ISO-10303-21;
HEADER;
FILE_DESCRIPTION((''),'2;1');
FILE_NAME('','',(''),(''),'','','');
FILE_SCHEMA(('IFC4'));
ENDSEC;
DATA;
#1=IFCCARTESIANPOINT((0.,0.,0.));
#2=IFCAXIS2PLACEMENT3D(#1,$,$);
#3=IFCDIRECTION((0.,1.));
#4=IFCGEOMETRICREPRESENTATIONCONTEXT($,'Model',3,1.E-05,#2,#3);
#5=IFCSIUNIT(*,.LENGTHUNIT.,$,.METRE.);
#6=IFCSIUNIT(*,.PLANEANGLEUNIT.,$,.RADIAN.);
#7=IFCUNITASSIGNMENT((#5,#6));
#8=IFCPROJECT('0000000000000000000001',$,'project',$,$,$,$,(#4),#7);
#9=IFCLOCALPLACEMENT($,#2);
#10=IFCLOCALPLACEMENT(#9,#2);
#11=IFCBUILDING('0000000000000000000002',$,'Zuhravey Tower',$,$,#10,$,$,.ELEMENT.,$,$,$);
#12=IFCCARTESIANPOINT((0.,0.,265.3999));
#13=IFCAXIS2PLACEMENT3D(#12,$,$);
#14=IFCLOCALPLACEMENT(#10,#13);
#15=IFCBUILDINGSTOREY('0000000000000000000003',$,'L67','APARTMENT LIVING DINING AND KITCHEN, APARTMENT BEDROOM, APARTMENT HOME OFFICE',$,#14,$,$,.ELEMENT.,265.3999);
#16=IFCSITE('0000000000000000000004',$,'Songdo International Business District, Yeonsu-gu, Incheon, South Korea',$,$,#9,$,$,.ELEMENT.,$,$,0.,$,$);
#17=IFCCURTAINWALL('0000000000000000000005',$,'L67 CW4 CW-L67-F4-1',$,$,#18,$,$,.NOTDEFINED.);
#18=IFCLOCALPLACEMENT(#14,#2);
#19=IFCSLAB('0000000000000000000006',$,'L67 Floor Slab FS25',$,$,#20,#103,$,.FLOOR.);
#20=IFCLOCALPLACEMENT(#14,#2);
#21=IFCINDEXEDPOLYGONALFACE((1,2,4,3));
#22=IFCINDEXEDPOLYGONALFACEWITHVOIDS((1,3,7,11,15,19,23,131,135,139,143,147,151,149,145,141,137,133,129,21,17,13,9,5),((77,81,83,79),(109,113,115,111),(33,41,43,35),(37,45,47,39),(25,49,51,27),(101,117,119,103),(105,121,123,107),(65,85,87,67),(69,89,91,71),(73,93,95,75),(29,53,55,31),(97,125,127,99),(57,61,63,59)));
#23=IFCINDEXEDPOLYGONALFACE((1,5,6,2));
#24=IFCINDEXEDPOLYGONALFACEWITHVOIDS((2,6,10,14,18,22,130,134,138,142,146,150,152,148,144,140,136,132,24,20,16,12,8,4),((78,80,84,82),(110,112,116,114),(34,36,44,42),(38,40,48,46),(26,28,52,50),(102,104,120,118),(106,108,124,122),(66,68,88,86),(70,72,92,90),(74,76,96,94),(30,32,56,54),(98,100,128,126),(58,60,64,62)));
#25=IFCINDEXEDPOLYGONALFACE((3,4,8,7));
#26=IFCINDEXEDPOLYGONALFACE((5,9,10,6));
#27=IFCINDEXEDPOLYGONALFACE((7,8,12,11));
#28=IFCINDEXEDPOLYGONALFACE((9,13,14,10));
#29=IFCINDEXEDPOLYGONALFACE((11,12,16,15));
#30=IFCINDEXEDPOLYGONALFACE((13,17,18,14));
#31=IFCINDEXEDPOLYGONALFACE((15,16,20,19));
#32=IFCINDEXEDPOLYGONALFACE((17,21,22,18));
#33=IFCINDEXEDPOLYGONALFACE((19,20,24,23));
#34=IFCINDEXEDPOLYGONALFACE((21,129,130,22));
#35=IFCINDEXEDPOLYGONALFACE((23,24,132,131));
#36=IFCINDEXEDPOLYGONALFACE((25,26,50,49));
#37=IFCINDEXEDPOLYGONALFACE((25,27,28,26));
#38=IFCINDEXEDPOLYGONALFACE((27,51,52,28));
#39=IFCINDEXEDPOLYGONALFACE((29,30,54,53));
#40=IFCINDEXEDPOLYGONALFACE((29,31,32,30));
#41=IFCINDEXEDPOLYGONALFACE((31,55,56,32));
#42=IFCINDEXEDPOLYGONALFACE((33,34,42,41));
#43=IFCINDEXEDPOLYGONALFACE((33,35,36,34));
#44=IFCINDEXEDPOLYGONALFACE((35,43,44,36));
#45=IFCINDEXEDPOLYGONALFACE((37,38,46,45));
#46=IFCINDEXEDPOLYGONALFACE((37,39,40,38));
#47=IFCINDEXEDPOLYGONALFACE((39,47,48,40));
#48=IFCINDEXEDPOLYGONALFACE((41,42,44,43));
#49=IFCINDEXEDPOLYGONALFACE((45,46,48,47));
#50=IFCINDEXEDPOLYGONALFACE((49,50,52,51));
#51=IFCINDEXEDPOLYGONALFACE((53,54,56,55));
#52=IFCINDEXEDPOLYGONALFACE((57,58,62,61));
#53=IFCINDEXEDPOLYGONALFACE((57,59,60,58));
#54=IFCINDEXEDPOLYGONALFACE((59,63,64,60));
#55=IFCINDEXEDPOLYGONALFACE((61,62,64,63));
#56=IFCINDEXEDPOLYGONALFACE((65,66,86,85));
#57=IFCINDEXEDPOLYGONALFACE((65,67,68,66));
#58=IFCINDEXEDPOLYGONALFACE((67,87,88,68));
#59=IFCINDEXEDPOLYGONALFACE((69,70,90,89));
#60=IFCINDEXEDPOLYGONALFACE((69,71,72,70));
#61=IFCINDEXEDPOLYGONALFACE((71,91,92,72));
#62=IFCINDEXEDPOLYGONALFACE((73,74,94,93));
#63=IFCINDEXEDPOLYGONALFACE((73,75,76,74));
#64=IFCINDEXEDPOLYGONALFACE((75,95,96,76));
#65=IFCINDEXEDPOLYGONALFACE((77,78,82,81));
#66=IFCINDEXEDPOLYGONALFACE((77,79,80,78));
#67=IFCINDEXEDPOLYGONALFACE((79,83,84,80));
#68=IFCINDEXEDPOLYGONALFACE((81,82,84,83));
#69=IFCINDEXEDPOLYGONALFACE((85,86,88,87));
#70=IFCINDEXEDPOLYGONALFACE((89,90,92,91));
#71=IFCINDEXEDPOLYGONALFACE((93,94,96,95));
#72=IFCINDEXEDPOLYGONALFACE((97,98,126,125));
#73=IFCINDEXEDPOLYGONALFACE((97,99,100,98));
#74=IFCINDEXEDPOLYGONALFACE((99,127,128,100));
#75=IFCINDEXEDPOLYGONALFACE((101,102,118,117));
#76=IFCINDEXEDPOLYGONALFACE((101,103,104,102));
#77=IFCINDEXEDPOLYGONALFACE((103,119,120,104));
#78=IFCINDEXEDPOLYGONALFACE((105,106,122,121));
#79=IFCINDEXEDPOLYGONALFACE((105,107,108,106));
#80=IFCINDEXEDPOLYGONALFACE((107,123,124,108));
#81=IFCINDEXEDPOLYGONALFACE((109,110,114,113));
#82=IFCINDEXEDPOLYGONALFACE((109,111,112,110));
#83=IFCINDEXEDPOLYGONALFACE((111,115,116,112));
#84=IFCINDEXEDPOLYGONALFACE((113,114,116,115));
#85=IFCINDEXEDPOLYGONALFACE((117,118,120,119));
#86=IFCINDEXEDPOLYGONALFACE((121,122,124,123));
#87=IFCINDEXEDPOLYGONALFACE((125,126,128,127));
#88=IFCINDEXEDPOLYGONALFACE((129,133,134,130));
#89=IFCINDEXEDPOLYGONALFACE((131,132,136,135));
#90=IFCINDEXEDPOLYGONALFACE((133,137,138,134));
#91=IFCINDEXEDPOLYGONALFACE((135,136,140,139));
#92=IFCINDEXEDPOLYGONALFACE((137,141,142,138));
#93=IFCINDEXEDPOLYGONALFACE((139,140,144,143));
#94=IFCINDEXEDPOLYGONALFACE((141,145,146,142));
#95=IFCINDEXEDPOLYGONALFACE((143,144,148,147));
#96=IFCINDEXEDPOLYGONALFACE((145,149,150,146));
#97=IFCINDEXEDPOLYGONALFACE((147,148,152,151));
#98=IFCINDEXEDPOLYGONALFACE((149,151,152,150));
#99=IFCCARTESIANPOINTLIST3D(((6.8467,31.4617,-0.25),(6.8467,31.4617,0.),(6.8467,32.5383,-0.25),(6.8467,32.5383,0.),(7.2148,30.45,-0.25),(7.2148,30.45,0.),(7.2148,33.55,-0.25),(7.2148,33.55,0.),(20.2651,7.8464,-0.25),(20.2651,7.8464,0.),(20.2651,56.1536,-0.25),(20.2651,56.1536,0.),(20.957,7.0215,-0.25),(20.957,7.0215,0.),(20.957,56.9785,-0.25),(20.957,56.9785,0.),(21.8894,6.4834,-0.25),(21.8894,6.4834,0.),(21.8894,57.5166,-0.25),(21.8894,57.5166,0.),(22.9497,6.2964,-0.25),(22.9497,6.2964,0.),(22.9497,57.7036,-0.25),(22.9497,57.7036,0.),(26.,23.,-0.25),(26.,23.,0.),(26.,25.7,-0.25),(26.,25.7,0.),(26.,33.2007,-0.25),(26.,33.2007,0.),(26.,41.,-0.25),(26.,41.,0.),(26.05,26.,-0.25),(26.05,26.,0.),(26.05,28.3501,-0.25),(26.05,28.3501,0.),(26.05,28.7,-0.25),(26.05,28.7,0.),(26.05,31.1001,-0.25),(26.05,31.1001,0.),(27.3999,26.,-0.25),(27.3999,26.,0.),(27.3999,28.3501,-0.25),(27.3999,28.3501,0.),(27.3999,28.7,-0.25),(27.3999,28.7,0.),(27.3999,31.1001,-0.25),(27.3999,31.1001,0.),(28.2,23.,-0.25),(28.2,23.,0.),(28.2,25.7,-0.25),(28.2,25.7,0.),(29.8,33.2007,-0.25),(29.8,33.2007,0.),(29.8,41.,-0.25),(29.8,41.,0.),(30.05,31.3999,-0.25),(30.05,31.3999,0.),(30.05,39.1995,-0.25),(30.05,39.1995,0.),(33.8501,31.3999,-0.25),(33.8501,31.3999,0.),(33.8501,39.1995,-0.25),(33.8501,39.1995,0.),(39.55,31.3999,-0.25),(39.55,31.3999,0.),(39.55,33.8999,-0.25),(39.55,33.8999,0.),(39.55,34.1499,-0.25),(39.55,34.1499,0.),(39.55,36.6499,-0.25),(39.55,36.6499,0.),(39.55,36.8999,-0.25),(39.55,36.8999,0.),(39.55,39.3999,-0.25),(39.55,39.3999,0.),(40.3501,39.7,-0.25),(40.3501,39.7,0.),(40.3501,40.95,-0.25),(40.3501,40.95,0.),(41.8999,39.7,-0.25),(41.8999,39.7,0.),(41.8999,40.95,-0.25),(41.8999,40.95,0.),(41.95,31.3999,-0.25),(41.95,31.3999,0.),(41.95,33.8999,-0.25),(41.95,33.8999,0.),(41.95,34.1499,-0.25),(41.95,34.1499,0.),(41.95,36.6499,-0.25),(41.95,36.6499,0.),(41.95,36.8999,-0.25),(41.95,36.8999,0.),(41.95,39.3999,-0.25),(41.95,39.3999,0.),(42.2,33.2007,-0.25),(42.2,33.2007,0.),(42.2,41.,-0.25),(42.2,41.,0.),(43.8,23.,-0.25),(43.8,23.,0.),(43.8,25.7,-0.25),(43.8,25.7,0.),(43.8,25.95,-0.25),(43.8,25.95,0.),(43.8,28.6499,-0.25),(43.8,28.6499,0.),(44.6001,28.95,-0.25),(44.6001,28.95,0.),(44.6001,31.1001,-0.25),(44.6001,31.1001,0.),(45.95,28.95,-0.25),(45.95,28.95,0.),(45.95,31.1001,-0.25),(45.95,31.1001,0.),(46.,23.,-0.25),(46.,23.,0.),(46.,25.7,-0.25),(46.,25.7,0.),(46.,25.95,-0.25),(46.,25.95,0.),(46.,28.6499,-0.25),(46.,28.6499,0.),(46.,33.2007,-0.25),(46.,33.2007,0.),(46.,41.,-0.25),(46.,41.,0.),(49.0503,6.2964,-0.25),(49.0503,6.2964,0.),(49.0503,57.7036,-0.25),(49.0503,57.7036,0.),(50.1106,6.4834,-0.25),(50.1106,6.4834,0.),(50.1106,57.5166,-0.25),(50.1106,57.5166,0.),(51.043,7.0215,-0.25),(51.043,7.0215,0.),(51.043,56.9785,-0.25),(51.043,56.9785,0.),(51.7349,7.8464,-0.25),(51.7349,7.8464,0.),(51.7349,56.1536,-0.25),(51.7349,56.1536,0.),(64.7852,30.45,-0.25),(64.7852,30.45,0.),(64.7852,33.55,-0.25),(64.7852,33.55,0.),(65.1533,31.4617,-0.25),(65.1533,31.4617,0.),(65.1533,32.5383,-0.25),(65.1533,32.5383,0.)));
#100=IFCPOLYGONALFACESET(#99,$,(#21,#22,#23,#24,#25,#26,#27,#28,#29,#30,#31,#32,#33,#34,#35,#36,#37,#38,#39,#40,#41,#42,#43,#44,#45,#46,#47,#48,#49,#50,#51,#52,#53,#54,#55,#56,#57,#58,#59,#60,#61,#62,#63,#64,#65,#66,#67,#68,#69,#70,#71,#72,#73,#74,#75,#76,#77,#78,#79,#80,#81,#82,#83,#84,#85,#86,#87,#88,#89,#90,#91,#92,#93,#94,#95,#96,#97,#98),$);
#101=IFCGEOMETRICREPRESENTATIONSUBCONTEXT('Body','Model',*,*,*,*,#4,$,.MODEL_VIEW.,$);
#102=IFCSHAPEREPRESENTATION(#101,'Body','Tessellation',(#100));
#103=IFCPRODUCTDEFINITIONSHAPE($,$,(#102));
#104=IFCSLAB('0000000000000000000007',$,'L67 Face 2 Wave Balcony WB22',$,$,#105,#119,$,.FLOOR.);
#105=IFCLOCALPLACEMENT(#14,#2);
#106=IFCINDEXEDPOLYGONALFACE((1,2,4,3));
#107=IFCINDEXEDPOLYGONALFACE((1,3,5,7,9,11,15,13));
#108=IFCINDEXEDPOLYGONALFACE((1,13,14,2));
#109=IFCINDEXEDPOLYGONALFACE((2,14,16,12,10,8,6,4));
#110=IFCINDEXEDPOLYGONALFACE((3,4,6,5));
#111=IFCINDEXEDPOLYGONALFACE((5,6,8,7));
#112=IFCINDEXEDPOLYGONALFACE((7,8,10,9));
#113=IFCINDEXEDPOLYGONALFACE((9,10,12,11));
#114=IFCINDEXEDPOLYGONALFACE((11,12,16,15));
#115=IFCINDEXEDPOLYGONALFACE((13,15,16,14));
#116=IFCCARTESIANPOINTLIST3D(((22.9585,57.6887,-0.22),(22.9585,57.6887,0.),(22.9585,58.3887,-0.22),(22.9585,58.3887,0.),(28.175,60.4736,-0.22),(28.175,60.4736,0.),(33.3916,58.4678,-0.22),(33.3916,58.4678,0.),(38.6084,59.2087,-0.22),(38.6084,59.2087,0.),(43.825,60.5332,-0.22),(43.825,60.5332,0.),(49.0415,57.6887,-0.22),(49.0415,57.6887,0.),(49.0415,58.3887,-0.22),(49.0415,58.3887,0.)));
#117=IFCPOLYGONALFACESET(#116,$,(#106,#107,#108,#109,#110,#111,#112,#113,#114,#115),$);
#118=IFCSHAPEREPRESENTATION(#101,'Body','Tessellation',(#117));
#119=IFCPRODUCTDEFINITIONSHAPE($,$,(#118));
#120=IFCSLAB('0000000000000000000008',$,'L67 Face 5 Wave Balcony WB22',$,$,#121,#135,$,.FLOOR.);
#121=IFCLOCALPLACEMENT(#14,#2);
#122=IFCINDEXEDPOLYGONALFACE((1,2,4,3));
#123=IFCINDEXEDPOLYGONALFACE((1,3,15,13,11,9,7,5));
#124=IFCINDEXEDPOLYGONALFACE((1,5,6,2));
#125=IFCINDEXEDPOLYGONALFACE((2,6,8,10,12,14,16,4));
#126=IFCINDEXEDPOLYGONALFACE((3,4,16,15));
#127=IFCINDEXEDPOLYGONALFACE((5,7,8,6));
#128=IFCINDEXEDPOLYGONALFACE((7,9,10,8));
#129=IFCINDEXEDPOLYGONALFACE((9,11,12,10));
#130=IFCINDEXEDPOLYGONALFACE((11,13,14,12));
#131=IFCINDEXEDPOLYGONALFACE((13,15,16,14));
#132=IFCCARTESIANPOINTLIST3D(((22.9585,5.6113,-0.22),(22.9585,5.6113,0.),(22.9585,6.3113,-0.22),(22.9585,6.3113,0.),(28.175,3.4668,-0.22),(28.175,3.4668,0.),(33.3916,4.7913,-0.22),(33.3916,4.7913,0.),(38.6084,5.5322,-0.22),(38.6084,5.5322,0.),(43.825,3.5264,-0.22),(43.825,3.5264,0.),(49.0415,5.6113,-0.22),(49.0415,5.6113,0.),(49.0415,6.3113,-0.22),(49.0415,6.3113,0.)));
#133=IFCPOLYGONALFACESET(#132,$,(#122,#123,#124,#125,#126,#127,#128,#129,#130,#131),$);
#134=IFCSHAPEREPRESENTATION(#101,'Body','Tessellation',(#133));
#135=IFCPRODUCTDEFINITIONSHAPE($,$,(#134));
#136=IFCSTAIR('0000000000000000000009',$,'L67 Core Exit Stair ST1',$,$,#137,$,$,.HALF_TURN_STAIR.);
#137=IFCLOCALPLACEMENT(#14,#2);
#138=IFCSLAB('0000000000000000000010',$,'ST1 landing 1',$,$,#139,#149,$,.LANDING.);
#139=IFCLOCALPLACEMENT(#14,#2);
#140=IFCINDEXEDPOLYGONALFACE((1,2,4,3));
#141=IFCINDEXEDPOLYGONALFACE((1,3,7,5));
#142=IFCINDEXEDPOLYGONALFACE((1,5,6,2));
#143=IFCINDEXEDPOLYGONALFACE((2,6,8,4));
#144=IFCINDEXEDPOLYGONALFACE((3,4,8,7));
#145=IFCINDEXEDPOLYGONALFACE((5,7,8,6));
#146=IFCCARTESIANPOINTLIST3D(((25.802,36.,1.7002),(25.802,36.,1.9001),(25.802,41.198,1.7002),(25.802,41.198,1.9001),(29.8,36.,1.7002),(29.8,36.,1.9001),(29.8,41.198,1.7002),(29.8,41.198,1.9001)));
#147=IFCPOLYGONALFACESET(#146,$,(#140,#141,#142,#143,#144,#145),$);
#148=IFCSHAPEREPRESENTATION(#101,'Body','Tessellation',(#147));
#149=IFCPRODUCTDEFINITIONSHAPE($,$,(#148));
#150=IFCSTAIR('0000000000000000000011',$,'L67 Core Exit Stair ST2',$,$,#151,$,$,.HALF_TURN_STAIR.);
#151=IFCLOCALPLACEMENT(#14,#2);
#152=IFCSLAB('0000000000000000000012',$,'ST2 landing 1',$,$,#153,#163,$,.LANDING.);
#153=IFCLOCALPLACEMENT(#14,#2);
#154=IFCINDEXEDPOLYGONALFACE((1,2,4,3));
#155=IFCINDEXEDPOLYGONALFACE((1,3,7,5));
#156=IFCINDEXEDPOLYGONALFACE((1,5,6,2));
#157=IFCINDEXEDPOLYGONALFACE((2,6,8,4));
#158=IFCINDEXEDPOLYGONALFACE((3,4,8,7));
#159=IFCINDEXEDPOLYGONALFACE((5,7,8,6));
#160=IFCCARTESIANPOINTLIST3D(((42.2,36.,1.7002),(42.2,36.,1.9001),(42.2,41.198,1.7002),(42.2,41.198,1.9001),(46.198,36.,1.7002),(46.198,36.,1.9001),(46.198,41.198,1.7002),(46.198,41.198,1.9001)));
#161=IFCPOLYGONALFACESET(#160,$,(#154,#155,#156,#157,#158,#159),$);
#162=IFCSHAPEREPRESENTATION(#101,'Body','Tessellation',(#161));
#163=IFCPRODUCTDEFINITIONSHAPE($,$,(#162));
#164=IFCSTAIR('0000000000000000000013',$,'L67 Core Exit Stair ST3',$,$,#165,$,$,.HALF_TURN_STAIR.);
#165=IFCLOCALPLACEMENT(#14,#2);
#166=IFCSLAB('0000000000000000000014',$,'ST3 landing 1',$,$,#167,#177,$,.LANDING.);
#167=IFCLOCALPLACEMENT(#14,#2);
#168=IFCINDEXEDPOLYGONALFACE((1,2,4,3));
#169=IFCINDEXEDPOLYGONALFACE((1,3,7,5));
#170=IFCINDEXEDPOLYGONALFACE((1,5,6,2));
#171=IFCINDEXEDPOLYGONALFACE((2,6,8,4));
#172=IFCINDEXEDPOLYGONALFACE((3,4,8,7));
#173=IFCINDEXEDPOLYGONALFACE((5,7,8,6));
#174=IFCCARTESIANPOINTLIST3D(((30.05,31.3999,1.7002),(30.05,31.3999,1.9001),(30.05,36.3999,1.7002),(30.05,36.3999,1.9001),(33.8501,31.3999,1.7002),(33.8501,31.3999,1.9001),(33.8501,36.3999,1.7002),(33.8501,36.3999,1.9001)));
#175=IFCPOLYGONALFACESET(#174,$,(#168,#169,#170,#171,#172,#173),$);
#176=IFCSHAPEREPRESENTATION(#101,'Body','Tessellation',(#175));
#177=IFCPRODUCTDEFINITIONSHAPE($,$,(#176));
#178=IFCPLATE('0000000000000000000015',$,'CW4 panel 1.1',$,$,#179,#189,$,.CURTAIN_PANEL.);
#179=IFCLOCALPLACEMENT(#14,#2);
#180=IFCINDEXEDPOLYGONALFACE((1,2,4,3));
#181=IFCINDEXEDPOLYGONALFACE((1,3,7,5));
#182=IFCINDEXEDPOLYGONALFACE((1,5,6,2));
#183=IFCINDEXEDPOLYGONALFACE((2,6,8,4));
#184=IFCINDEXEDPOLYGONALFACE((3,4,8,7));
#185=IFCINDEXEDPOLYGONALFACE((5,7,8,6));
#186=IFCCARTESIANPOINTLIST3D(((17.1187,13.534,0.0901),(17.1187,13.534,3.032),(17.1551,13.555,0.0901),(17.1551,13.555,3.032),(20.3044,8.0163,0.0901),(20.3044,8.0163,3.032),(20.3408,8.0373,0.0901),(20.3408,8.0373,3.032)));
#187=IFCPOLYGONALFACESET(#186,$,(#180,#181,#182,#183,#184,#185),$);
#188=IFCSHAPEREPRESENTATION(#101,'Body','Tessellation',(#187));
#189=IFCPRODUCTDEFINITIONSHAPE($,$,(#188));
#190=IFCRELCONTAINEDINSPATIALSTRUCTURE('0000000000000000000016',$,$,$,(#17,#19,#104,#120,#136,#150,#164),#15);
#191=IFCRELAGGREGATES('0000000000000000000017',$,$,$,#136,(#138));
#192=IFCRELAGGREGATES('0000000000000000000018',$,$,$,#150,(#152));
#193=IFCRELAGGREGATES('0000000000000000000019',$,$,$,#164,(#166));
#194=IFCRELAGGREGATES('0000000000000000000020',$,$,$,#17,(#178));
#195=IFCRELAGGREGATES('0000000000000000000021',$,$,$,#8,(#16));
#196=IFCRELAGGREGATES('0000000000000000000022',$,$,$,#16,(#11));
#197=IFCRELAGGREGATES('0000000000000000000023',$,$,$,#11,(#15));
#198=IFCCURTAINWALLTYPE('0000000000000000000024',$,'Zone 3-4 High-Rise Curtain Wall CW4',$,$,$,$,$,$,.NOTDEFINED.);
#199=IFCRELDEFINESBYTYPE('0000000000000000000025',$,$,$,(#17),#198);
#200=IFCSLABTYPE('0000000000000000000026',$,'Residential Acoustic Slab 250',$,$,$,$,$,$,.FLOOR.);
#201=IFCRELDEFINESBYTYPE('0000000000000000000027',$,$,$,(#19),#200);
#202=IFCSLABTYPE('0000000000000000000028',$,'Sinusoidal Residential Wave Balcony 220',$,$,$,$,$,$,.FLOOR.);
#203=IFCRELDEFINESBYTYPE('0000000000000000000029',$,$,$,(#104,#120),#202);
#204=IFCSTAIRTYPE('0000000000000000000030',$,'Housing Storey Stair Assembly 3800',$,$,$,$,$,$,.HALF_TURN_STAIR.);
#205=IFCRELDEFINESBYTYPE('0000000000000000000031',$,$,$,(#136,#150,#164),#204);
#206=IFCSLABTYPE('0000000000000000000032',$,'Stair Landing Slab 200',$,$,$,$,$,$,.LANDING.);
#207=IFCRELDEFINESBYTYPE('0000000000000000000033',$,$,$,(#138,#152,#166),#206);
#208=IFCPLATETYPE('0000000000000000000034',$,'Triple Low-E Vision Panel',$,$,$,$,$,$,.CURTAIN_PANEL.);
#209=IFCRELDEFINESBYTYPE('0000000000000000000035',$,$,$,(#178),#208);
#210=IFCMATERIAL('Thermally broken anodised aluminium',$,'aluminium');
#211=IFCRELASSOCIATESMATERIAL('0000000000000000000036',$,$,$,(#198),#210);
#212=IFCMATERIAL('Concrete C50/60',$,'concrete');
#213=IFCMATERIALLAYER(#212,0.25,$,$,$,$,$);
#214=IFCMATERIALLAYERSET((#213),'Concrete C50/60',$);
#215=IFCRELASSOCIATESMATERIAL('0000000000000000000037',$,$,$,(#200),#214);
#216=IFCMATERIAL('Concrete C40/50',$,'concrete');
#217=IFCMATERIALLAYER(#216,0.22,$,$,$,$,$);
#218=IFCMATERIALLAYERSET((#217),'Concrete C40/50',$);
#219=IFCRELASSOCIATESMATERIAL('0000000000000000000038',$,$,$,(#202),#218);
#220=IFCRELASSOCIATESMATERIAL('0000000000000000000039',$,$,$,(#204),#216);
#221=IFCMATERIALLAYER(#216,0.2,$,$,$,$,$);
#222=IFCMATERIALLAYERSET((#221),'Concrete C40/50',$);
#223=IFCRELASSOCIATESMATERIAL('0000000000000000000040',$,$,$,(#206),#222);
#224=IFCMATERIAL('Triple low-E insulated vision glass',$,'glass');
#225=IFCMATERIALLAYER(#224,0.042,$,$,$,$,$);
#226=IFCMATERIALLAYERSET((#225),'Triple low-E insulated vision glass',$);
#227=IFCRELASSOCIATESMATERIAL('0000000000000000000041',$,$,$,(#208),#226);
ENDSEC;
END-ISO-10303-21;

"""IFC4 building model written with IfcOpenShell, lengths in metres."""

from ifc_helpers import new_model, si_unit, direction, frame, origin, origin_2d, place, context, subcontext, project, spatial, polyline, rectangle, outline, extrude, material, layer, layer_set, type_object, element, aggregate, save


model = new_model("IFC4")

# Units and contexts
model_context = context("Model", 3, precision=1e-05, world=origin(), true_north=direction((0.0, 1.0)))
body_context = subcontext(model_context, "Body", "Model", "MODEL_VIEW")
ifc_project = project(units=[si_unit("LENGTHUNIT", "METRE"), si_unit("PLANEANGLEUNIT", "RADIAN")], contexts=[model_context])

# Site, building, storey
site_placement = place(None, origin())
site = spatial("IfcSite", under=ifc_project, at=site_placement, Name="Songdo International Business District, Yeonsu-gu, Incheon, South Korea", CompositionType="ELEMENT", RefElevation=0.0)
building_placement = place(site_placement, origin())
building = spatial("IfcBuilding", under=site, at=building_placement, Name="Zuhravey Tower", CompositionType="ELEMENT")
storey_placement = place(building_placement, frame((0.0, 0.0, 265.3999)))
storey = spatial("IfcBuildingStorey", under=building, at=storey_placement, Name="L67", Description="APARTMENT LIVING DINING AND KITCHEN, APARTMENT BEDROOM, APARTMENT HOME OFFICE", CompositionType="ELEMENT", Elevation=265.3999)

# Shared definitions
ifc_material_1 = material(Name="Concrete C50/60", Category="concrete")

# Curtain wall
ifc_material_2 = material(Name="Thermally broken anodised aluminium", Category="aluminium")
curtain_wall_type = type_object("IfcCurtainWallType", Name="Zone 3-4 High-Rise Curtain Wall CW4", PredefinedType="NOTDEFINED", material=ifc_material_2)
curtain_wall_placement = place(storey_placement, origin())
curtain_wall = element("IfcCurtainWall", 1, at=curtain_wall_placement, inside=storey, type_object=curtain_wall_type, Name="L67 CW4 CW-L67-F4-1", PredefinedType="NOTDEFINED")

# Slabs
ifc_layer_1 = layer(ifc_material_1, 0.25)
ifc_layer_set_1 = layer_set([ifc_layer_1], Name="Concrete C50/60")
slab_type_1 = type_object("IfcSlabType", Name="Residential Acoustic Slab 250", PredefinedType="FLOOR", material=ifc_layer_set_1)
slab_1_placement = place(storey_placement, frame((0.0, 0.0, -0.25)))
element("IfcSlab", 2, at=slab_1_placement, inside=storey, type_object=slab_type_1, Name="L67 Floor Slab FS25", PredefinedType="FLOOR", context=body_context, shape_type="SweptSolid", body=[
    extrude(outline(polyline([(64.7852, 30.45), (65.1533, 31.4617), (65.1533, 32.5383), (64.7852, 33.55), (51.7349, 56.1536), (51.043, 56.9785), (50.1106, 57.5166), (49.0503, 57.7036), (22.9497, 57.7036), (21.8894, 57.5166), (20.957, 56.9785), (20.2651, 56.1536), (7.2148, 33.55), (6.8467, 32.5383), (6.8467, 31.4617), (7.2148, 30.45), (20.2651, 7.8464), (20.957, 7.0215), (21.8894, 6.4834), (22.9497, 6.2964), (49.0503, 6.2964), (50.1106, 6.4834), (51.043, 7.0215), (51.7349, 7.8464), (64.7852, 30.45)]), holes=[polyline([(29.8, 33.2007), (29.8, 41.0), (26.0, 41.0), (26.0, 33.2007), (29.8, 33.2007)]), polyline([(46.0, 33.2007), (46.0, 41.0), (42.2, 41.0), (42.2, 33.2007), (46.0, 33.2007)]), polyline([(30.05, 39.1995), (30.05, 31.3999), (33.8501, 31.3999), (33.8501, 39.1995), (30.05, 39.1995)]), polyline([(39.55, 31.3999), (41.95, 31.3999), (41.95, 33.8999), (39.55, 33.8999), (39.55, 31.3999)]), polyline([(39.55, 34.1499), (41.95, 34.1499), (41.95, 36.6499), (39.55, 36.6499), (39.55, 34.1499)]), polyline([(39.55, 36.8999), (41.95, 36.8999), (41.95, 39.3999), (39.55, 39.3999), (39.55, 36.8999)]), polyline([(26.0, 23.0), (28.2, 23.0), (28.2, 25.7), (26.0, 25.7), (26.0, 23.0)]), polyline([(43.8, 23.0), (46.0, 23.0), (46.0, 25.7), (43.8, 25.7), (43.8, 23.0)]), polyline([(43.8, 25.95), (46.0, 25.95), (46.0, 28.6499), (43.8, 28.6499), (43.8, 25.95)]), polyline([(26.05, 26.0), (27.3999, 26.0), (27.3999, 28.3501), (26.05, 28.3501), (26.05, 26.0)]), polyline([(26.05, 28.7), (27.3999, 28.7), (27.3999, 31.1001), (26.05, 31.1001), (26.05, 28.7)]), polyline([(44.6001, 28.95), (45.95, 28.95), (45.95, 31.1001), (44.6001, 31.1001), (44.6001, 28.95)]), polyline([(40.3501, 39.7), (41.8999, 39.7), (41.8999, 40.95), (40.3501, 40.95), (40.3501, 39.7)])]), origin(), (0.0, 0.0, 1.0), 0.25),
])
ifc_material_3 = material(Name="Concrete C40/50", Category="concrete")
ifc_layer_2 = layer(ifc_material_3, 0.22)
ifc_layer_set_2 = layer_set([ifc_layer_2], Name="Concrete C40/50")
slab_type_2 = type_object("IfcSlabType", Name="Sinusoidal Residential Wave Balcony 220", PredefinedType="FLOOR", material=ifc_layer_set_2)
slab_2_placement = place(storey_placement, frame((0.0, 0.0, -0.22)))
element("IfcSlab", 3, at=slab_2_placement, inside=storey, type_object=slab_type_2, Name="L67 Face 2 Wave Balcony WB22", PredefinedType="FLOOR", context=body_context, shape_type="SweptSolid", body=[
    extrude(outline(polyline([(49.0415, 57.6887), (22.9585, 57.6887), (22.9585, 58.3887), (28.175, 60.4736), (33.3916, 58.4678), (38.6084, 59.2087), (43.825, 60.5332), (49.0415, 58.3887), (49.0415, 57.6887)])), origin(), (0.0, 0.0, 1.0), 0.22),
])
slab_3_placement = place(storey_placement, frame((0.0, 0.0, -0.22)))
element("IfcSlab", 4, at=slab_3_placement, inside=storey, type_object=slab_type_2, Name="L67 Face 5 Wave Balcony WB22", PredefinedType="FLOOR", context=body_context, shape_type="SweptSolid", body=[
    extrude(outline(polyline([(22.9585, 6.3113), (49.0415, 6.3113), (49.0415, 5.6113), (43.825, 3.5264), (38.6084, 5.5322), (33.3916, 4.7913), (28.175, 3.4668), (22.9585, 5.6113), (22.9585, 6.3113)])), origin(), (0.0, 0.0, 1.0), 0.22),
])

# Stairs, slabs
stair_type = type_object("IfcStairType", Name="Housing Storey Stair Assembly 3800", PredefinedType="HALF_TURN_STAIR", material=ifc_material_3)
stair_1_placement = place(storey_placement, origin())
stair_1 = element("IfcStair", 5, at=stair_1_placement, inside=storey, type_object=stair_type, Name="L67 Core Exit Stair ST1", PredefinedType="HALF_TURN_STAIR")
ifc_layer_3 = layer(ifc_material_3, 0.2)
ifc_layer_set_3 = layer_set([ifc_layer_3], Name="Concrete C40/50")
slab_type_3 = type_object("IfcSlabType", Name="Stair Landing Slab 200", PredefinedType="LANDING", material=ifc_layer_set_3)
slab_4_placement = place(storey_placement, frame((0.0, 0.0, 1.7002)))
slab_4 = element("IfcSlab", 6, at=slab_4_placement, type_object=slab_type_3, Name="ST1 landing 1", PredefinedType="LANDING", context=body_context, shape_type="SweptSolid", body=[
    extrude(outline(polyline([(29.8, 36.0), (29.8, 41.198), (25.802, 41.198), (25.802, 36.0), (29.8, 36.0)])), origin(), (0.0, 0.0, 1.0), 0.2),
])
aggregate(stair_1, [slab_4])
stair_2_placement = place(storey_placement, origin())
stair_2 = element("IfcStair", 7, at=stair_2_placement, inside=storey, type_object=stair_type, Name="L67 Core Exit Stair ST2", PredefinedType="HALF_TURN_STAIR")
slab_5_placement = place(storey_placement, frame((0.0, 0.0, 1.7002)))
slab_5 = element("IfcSlab", 8, at=slab_5_placement, type_object=slab_type_3, Name="ST2 landing 1", PredefinedType="LANDING", context=body_context, shape_type="SweptSolid", body=[
    extrude(outline(polyline([(46.198, 36.0), (46.198, 41.198), (42.2, 41.198), (42.2, 36.0), (46.198, 36.0)])), origin(), (0.0, 0.0, 1.0), 0.2),
])
aggregate(stair_2, [slab_5])
stair_3_placement = place(storey_placement, origin())
stair_3 = element("IfcStair", 9, at=stair_3_placement, inside=storey, type_object=stair_type, Name="L67 Core Exit Stair ST3", PredefinedType="HALF_TURN_STAIR")
slab_6_placement = place(storey_placement, frame((0.0, 0.0, 1.7002)))
slab_6 = element("IfcSlab", 10, at=slab_6_placement, type_object=slab_type_3, Name="ST3 landing 1", PredefinedType="LANDING", context=body_context, shape_type="SweptSolid", body=[
    extrude(outline(polyline([(30.05, 36.3999), (30.05, 31.3999), (33.8501, 31.3999), (33.8501, 36.3999), (30.05, 36.3999)])), origin(), (0.0, 0.0, 1.0), 0.2),
])
aggregate(stair_3, [slab_6])

# Plate
ifc_material_4 = material(Name="Triple low-E insulated vision glass", Category="glass")
ifc_layer_4 = layer(ifc_material_4, 0.042)
ifc_layer_set_4 = layer_set([ifc_layer_4], Name="Triple low-E insulated vision glass")
plate_type = type_object("IfcPlateType", Name="Triple Low-E Vision Panel", PredefinedType="CURTAIN_PANEL", material=ifc_layer_set_4)
plate_placement = place(storey_placement, frame((18.7297, 10.7856, 0.0901), z_axis=(0.0, 0.0, 1.0), x_axis=(-0.500001, 0.866025, 0.0)))
plate = element("IfcPlate", 11, at=plate_placement, type_object=plate_type, Name="CW4 panel 1.1", PredefinedType="CURTAIN_PANEL", context=body_context, shape_type="SweptSolid", body=[
    extrude(rectangle(XDim=6.3713, YDim=0.042, at=origin_2d()), origin(), (0.0, 0.0, 1.0), 2.9419),
])
aggregate(curtain_wall, [plate])

save(model, "model.ifc")
